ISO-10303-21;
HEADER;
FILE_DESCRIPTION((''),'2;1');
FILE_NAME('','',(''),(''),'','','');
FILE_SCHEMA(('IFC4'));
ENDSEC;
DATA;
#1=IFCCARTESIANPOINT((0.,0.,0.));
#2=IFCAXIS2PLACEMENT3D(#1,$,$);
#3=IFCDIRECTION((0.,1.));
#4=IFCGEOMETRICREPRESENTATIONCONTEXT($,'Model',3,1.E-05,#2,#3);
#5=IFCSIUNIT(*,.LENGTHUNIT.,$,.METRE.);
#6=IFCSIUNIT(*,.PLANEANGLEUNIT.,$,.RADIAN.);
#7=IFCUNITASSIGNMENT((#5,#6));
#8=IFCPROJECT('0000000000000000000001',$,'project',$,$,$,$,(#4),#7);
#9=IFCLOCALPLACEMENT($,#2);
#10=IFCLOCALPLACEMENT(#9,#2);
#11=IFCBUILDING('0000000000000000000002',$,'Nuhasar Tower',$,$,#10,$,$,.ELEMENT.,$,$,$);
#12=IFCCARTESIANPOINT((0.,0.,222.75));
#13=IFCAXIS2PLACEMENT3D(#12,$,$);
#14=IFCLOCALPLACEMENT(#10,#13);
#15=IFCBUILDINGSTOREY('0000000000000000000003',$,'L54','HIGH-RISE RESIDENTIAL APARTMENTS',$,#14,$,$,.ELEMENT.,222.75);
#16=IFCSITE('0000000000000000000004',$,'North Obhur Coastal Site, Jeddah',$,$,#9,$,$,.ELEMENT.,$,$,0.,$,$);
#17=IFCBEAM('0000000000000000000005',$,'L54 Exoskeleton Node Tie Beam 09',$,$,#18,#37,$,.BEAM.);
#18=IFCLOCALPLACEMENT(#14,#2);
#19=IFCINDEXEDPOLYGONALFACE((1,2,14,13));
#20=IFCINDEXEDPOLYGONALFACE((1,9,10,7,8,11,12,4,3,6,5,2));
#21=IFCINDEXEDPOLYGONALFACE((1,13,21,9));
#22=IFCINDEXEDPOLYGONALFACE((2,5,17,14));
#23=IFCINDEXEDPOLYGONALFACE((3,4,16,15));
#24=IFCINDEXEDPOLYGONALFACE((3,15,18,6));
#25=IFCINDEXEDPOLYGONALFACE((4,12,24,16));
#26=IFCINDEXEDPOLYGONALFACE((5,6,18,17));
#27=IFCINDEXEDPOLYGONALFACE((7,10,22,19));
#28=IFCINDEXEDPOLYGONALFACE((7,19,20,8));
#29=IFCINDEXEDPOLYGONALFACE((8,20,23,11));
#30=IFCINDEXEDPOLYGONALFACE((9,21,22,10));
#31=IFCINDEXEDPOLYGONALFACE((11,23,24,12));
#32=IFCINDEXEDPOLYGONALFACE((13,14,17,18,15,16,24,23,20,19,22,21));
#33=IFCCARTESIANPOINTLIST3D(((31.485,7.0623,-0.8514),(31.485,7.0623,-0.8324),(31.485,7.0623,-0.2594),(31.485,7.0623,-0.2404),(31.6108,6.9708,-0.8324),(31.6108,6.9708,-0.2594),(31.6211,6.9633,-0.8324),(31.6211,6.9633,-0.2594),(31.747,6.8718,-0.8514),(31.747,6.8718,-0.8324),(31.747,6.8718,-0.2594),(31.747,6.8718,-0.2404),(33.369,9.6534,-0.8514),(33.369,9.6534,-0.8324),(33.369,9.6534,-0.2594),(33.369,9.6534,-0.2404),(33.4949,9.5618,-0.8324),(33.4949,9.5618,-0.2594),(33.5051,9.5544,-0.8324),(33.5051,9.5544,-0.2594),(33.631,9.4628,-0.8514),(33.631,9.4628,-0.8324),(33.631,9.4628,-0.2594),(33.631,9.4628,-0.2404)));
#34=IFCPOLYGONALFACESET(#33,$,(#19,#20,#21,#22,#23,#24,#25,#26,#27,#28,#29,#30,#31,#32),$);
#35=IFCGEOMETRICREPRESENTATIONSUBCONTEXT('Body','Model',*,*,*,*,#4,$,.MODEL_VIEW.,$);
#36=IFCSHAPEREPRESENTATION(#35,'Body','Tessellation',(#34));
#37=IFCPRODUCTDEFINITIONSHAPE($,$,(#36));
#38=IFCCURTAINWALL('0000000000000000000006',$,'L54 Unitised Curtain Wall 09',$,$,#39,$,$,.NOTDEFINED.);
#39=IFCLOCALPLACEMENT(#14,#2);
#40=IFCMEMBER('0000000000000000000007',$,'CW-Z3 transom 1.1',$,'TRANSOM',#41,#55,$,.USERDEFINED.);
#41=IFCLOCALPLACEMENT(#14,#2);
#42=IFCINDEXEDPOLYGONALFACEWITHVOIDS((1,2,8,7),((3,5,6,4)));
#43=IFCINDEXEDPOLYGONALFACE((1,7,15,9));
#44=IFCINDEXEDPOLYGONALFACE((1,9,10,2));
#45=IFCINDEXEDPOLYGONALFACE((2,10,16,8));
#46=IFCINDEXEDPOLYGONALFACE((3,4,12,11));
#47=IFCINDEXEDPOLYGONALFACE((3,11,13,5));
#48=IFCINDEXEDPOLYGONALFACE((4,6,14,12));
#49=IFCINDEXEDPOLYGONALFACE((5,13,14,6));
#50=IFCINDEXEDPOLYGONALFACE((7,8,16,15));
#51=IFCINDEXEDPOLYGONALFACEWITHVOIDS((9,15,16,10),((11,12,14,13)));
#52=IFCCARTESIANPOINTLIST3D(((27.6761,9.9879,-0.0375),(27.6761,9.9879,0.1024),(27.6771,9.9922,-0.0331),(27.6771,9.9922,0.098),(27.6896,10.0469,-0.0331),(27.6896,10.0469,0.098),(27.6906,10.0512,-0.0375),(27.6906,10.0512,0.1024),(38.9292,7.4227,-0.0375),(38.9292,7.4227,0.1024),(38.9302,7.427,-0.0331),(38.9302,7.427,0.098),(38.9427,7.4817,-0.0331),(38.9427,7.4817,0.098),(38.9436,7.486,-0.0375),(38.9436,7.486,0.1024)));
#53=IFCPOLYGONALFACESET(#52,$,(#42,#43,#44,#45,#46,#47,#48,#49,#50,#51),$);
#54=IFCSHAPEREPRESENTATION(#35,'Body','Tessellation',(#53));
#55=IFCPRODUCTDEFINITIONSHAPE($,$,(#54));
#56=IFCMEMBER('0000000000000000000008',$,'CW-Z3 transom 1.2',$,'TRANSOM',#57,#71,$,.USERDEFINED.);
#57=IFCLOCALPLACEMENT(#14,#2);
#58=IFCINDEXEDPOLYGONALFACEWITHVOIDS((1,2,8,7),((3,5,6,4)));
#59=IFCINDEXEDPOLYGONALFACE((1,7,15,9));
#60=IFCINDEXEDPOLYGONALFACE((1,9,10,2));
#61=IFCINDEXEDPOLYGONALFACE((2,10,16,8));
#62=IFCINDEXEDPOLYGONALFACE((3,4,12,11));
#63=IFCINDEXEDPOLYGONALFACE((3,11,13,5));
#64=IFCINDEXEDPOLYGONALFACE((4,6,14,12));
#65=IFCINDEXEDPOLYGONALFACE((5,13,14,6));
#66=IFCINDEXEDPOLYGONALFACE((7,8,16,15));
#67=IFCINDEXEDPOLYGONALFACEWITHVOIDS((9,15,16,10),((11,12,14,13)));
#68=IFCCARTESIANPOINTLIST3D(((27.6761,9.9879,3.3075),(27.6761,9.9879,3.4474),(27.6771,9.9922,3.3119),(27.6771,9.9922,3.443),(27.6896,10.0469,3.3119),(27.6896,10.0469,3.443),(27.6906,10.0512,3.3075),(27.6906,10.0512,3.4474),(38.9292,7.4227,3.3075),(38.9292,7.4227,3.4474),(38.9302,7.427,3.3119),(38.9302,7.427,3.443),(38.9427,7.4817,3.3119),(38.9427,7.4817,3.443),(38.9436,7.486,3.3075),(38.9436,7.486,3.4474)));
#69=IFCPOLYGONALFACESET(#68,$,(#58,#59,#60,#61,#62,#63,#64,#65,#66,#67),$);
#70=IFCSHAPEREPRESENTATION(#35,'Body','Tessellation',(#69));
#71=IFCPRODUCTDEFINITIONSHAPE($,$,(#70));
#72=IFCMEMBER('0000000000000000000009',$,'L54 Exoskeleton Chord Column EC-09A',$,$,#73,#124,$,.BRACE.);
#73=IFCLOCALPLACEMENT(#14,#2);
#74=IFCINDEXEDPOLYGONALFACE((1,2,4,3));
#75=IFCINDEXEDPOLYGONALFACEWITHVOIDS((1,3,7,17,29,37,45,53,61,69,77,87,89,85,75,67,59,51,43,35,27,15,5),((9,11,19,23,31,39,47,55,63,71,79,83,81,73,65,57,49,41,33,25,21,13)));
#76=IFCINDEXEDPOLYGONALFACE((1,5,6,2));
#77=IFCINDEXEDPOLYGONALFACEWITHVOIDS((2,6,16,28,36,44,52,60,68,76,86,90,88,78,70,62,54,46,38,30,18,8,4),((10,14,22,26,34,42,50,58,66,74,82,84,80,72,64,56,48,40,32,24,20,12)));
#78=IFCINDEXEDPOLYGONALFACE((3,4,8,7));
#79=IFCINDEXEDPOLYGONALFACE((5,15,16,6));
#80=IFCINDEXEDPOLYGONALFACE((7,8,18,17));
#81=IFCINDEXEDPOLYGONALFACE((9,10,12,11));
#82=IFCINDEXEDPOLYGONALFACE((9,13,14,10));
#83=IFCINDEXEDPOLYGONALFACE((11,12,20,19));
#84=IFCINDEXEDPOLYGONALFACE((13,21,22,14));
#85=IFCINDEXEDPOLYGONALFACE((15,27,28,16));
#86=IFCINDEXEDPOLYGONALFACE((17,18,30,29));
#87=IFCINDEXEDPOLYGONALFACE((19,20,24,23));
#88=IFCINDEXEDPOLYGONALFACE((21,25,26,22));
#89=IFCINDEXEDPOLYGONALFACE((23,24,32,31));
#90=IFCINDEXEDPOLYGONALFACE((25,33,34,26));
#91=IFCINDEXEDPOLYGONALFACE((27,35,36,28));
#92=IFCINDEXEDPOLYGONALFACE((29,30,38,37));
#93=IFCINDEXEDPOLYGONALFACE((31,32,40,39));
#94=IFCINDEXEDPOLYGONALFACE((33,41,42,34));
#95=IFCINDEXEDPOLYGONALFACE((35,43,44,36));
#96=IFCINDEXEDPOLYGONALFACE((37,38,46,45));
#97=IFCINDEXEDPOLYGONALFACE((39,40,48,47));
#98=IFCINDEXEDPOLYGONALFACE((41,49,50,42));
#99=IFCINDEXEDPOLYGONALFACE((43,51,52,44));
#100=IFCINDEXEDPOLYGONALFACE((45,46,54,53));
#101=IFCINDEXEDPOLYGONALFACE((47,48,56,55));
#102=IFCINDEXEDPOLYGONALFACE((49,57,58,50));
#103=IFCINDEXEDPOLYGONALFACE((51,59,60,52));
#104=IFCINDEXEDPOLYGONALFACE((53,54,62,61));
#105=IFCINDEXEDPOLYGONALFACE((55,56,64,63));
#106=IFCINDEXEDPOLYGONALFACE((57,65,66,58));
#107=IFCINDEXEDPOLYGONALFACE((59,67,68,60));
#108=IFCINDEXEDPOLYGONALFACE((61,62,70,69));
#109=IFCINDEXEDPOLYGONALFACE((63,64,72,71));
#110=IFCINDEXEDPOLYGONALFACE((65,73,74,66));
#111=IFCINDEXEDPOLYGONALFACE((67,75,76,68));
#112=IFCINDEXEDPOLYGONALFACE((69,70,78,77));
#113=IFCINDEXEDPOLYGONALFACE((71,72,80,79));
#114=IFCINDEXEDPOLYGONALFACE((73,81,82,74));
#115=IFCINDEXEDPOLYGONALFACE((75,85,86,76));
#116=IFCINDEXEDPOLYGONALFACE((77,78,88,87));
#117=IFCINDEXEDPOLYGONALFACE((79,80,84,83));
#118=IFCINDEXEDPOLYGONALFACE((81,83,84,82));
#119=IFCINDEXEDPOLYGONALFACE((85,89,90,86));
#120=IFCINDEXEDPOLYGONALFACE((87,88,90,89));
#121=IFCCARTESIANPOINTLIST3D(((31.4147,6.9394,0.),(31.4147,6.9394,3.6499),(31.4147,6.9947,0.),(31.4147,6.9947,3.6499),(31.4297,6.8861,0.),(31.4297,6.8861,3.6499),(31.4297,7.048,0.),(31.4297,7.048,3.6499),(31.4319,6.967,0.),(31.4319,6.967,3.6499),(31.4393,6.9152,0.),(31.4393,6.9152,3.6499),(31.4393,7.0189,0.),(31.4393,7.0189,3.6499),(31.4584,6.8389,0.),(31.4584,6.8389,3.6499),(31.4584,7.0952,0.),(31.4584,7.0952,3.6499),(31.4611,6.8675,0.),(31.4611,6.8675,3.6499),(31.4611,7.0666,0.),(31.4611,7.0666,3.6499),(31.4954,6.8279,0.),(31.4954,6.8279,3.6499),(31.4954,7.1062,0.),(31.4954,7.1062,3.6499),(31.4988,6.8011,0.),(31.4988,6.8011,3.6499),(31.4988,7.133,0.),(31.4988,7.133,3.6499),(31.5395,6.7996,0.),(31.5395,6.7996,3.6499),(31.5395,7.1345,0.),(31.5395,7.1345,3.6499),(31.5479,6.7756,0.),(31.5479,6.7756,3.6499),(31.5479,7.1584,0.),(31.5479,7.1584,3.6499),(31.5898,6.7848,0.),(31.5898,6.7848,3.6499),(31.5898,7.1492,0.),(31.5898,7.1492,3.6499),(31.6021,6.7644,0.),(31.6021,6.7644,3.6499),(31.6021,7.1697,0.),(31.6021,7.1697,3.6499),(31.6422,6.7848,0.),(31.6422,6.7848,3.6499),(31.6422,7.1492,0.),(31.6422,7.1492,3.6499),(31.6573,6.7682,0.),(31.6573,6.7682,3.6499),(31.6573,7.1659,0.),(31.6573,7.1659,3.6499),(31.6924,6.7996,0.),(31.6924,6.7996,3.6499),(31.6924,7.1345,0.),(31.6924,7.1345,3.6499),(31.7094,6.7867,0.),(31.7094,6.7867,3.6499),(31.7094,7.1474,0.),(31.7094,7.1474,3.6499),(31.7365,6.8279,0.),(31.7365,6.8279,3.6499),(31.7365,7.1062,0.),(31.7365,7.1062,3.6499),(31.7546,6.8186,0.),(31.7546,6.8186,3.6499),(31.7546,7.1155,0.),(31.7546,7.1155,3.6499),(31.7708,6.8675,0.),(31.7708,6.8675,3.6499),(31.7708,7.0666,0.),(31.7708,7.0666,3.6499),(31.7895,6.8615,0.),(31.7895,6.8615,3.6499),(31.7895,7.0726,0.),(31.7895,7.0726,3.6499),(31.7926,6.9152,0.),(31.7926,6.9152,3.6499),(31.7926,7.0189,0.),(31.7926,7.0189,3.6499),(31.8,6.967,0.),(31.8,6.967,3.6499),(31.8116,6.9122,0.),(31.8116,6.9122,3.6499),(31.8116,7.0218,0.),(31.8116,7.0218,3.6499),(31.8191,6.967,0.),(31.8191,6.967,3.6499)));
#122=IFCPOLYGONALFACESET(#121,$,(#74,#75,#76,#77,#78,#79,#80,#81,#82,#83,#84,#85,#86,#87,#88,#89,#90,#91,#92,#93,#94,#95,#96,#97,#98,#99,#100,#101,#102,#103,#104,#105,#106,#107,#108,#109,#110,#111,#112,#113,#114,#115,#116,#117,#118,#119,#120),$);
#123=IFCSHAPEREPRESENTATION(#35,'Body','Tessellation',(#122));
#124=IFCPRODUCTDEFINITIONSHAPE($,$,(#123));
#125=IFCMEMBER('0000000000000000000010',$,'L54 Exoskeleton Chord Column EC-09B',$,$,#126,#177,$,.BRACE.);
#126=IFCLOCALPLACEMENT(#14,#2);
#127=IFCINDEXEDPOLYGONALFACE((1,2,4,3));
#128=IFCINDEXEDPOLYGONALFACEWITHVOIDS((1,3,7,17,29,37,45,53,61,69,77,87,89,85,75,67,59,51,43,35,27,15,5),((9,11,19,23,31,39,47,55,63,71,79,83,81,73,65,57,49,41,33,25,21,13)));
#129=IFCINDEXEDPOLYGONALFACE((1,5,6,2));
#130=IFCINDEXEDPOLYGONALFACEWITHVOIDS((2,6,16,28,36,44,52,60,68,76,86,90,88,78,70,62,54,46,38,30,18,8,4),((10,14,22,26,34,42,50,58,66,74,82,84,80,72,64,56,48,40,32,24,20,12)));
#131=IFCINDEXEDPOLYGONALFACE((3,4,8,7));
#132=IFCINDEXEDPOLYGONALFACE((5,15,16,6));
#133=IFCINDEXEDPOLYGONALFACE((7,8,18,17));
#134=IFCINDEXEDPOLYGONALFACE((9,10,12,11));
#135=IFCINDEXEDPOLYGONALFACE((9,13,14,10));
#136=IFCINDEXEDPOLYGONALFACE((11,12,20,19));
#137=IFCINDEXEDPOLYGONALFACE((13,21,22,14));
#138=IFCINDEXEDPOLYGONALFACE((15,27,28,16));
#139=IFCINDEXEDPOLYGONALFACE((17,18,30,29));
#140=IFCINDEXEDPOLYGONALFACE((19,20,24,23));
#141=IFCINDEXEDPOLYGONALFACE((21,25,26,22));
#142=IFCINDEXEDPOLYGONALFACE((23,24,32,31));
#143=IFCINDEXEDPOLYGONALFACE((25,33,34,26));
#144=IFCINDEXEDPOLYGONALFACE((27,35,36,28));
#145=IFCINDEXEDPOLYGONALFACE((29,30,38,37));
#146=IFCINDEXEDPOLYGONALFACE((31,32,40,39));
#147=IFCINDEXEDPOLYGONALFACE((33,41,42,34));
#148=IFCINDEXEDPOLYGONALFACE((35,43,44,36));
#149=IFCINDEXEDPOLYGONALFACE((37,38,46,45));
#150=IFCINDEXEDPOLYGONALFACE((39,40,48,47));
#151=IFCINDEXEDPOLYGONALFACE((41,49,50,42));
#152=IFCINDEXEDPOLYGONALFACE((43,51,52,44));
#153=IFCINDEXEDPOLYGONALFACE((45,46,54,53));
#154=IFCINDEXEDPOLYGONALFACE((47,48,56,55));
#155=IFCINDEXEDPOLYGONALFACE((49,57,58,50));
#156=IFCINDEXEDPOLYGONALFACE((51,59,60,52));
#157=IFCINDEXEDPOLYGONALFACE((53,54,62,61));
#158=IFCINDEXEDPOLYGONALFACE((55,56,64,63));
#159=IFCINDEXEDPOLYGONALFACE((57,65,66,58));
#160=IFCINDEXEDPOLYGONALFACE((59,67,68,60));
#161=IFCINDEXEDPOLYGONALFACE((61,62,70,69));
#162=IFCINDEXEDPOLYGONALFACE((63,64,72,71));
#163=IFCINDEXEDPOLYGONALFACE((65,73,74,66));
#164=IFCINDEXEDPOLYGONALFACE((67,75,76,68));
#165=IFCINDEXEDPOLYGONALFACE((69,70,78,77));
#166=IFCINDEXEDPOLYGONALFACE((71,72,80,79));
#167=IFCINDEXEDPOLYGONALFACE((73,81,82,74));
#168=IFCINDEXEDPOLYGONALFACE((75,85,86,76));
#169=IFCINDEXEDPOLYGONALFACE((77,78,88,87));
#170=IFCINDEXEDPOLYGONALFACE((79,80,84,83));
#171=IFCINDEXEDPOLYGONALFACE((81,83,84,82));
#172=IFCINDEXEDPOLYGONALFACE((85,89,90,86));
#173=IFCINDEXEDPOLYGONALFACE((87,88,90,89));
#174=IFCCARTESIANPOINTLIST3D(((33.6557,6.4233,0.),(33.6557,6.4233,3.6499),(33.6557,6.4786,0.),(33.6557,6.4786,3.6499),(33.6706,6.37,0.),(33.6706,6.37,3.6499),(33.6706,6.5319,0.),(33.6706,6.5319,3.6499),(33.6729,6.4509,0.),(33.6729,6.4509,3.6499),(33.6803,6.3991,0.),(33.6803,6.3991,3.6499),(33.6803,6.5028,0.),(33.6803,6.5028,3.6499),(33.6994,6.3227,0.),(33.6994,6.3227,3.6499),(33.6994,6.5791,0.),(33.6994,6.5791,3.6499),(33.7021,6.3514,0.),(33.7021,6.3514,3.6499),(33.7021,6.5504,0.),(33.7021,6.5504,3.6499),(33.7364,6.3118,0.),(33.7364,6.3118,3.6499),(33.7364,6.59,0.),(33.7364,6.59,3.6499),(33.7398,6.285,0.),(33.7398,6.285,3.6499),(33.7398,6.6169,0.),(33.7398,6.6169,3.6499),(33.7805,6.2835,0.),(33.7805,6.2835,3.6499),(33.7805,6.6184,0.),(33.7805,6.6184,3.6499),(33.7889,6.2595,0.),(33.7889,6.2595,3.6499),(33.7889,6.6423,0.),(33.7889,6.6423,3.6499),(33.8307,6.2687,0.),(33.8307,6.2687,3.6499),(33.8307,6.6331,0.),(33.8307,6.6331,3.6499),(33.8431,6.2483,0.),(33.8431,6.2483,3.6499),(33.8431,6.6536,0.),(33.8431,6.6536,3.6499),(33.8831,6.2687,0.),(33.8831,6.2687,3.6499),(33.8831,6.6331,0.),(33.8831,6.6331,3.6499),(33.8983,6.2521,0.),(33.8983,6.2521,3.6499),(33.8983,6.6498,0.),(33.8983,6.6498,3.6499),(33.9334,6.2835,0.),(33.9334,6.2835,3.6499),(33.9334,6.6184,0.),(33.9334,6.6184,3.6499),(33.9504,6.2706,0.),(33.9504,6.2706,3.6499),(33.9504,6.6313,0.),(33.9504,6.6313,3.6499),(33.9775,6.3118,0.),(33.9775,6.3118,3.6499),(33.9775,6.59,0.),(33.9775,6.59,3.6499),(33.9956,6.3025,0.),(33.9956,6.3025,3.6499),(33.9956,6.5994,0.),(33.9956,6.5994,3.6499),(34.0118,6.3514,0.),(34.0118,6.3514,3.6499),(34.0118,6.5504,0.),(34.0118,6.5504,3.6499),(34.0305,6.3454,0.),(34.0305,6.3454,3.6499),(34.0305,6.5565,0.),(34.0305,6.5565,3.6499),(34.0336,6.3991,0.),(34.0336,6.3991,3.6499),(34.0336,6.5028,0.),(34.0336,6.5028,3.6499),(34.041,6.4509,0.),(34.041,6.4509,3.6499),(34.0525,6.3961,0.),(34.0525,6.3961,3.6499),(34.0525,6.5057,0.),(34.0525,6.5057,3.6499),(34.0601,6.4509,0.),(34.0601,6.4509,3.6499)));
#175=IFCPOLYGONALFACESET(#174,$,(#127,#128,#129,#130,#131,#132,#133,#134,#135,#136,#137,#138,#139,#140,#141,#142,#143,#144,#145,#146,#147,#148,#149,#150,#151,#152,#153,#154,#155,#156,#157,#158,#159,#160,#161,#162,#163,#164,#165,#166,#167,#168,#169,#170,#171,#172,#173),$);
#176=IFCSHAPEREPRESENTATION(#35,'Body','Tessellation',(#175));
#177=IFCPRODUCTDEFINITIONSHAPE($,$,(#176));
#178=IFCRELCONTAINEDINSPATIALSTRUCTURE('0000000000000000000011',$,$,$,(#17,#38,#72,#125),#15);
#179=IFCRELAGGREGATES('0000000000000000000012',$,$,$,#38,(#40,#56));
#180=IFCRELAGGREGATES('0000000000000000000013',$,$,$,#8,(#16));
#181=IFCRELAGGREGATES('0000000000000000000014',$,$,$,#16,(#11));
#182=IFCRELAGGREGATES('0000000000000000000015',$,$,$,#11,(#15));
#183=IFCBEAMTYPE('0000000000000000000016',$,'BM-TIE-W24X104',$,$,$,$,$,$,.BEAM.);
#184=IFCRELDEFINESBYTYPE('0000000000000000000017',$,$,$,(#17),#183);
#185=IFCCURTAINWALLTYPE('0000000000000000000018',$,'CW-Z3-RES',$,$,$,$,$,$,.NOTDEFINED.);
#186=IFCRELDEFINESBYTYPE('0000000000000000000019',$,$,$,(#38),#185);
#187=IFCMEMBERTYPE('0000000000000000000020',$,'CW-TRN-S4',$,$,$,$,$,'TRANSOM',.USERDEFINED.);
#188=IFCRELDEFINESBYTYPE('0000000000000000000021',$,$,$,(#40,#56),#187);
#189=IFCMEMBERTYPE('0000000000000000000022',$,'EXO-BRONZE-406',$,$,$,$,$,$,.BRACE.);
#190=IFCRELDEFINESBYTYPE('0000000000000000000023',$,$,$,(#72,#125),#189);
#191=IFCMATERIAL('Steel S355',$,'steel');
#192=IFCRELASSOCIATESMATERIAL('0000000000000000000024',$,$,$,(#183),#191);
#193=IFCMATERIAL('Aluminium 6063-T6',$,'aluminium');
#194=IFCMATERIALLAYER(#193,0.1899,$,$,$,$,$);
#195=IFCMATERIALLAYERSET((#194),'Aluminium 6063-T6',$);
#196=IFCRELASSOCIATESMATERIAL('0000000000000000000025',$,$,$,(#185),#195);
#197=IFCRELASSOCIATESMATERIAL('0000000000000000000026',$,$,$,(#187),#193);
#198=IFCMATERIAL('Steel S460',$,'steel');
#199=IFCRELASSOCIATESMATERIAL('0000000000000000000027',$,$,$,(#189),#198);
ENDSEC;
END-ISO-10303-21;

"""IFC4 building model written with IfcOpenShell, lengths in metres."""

from ifc_helpers import new_model, si_unit, direction, frame, origin, origin_2d, place, context, subcontext, project, spatial, hollow_rectangle, hollow_circle, i_section, extrude, material, layer, layer_set, material_profile, profile_set, type_object, element, aggregate, save


model = new_model("IFC4")

# Units and contexts
model_context = context("Model", 3, precision=1e-05, world=origin(), true_north=direction((0.0, 1.0)))
body_context = subcontext(model_context, "Body", "Model", "MODEL_VIEW")
ifc_project = project(units=[si_unit("LENGTHUNIT", "METRE"), si_unit("PLANEANGLEUNIT", "RADIAN")], contexts=[model_context])

# Site, building, storey
site_placement = place(None, origin())
site = spatial("IfcSite", under=ifc_project, at=site_placement, Name="North Obhur Coastal Site, Jeddah", CompositionType="ELEMENT", RefElevation=0.0)
building_placement = place(site_placement, origin())
building = spatial("IfcBuilding", under=site, at=building_placement, Name="Nuhasar Tower", CompositionType="ELEMENT")
storey_placement = place(building_placement, frame((0.0, 0.0, 222.75)))
storey = spatial("IfcBuildingStorey", under=building, at=storey_placement, Name="L54", Description="HIGH-RISE RESIDENTIAL APARTMENTS", CompositionType="ELEMENT", Elevation=222.75)

# Beam
ifc_material_1 = material(Name="Steel S355", Category="steel")
ifc_material_profile_1 = material_profile(ifc_material_1, i_section(OverallWidth=0.324, OverallDepth=0.6111, WebThickness=0.0127, FlangeThickness=0.019, at=origin_2d()), Name="W24X104")
ifc_profile_set_1 = profile_set([ifc_material_profile_1], Name="Steel S355")
beam_type_1 = type_object("IfcBeamType", Name="BM-TIE-W24X104", PredefinedType="BEAM", material=ifc_profile_set_1)
beam_1_placement = place(storey_placement, frame((33.5, 9.5581, -0.5459), z_axis=(-0.588095, -0.808792, 0.0), x_axis=(0.808792, -0.588095, 0.0)))
element("IfcBeam", 1, at=beam_1_placement, inside=storey, type_object=beam_type_1, Name="L54 Exoskeleton Node Tie Beam 09", PredefinedType="BEAM", context=body_context, shape_type="SweptSolid", body=[
    extrude(i_section(OverallWidth=0.324, OverallDepth=0.6111, WebThickness=0.0127, FlangeThickness=0.019, at=origin_2d()), origin(), (0.0, 0.0, 1.0), 3.2036),
])

# Curtain wall, members
ifc_material_2 = material(Name="Aluminium 6063-T6", Category="aluminium")
ifc_layer_1 = layer(ifc_material_2, 0.1899)
ifc_layer_set_1 = layer_set([ifc_layer_1], Name="Aluminium 6063-T6")
curtain_wall_type = type_object("IfcCurtainWallType", Name="CW-Z3-RES", PredefinedType="NOTDEFINED", material=ifc_layer_set_1)
curtain_wall_placement = place(storey_placement, origin())
curtain_wall = element("IfcCurtainWall", 2, at=curtain_wall_placement, inside=storey, type_object=curtain_wall_type, Name="L54 Unitised Curtain Wall 09", PredefinedType="NOTDEFINED")
ifc_material_profile_2 = material_profile(ifc_material_2, hollow_rectangle(XDim=0.0649, YDim=0.1399, WallThickness=0.0044, at=origin_2d()), Name="CWT-4")
ifc_profile_set_2 = profile_set([ifc_material_profile_2], Name="Aluminium 6063-T6")
member_type_1 = type_object("IfcMemberType", Name="CW-TRN-S4", ElementType="TRANSOM", PredefinedType="USERDEFINED", material=ifc_profile_set_2)
member_1_placement = place(storey_placement, frame((27.6833, 10.0195, 0.0325), z_axis=(0.974989, -0.222251, 0.0), x_axis=(0.222251, 0.974989, 0.0)))
member_1 = element("IfcMember", 3, at=member_1_placement, type_object=member_type_1, Name="CW-Z3 transom 1.1", ObjectType="TRANSOM", PredefinedType="USERDEFINED", context=body_context, shape_type="SweptSolid", body=[
    extrude(hollow_rectangle(XDim=0.0649, YDim=0.1399, WallThickness=0.0044, at=origin_2d()), origin(), (0.0, 0.0, 1.0), 11.5417),
])
member_2_placement = place(storey_placement, frame((27.6833, 10.0195, 3.3774), z_axis=(0.974989, -0.222251, 0.0), x_axis=(0.222251, 0.974989, 0.0)))
member_2 = element("IfcMember", 4, at=member_2_placement, type_object=member_type_1, Name="CW-Z3 transom 1.2", ObjectType="TRANSOM", PredefinedType="USERDEFINED", context=body_context, shape_type="SweptSolid", body=[
    extrude(hollow_rectangle(XDim=0.0649, YDim=0.1399, WallThickness=0.0044, at=origin_2d()), origin(), (0.0, 0.0, 1.0), 11.5417),
])

# Members
ifc_material_3 = material(Name="Steel S460", Category="steel")
ifc_material_profile_3 = material_profile(ifc_material_3, hollow_circle(Radius=0.2031, WallThickness=0.019, at=origin_2d()), Name="HSS406.4X19.1")
ifc_profile_set_3 = profile_set([ifc_material_profile_3], Name="Steel S460")
member_type_2 = type_object("IfcMemberType", Name="EXO-BRONZE-406", PredefinedType="BRACE", material=ifc_profile_set_3)
for number, where, z_axis, x_axis, name in (
    (5, (31.616, 6.967, 0.0), (0.0, 0.0, 1.0), (1.0, 0.0, 0.0), "L54 Exoskeleton Chord Column EC-09A"),
    (6, (33.8569, 6.4509, 0.0), (0.0, 0.0, 1.0), (1.0, 0.0, 0.0), "L54 Exoskeleton Chord Column EC-09B"),
):
    element("IfcMember", number, at=place(storey_placement, frame(where, z_axis=z_axis, x_axis=x_axis)), inside=storey, type_object=member_type_2, Name=name, PredefinedType="BRACE", context=body_context, shape_type="SweptSolid", body=[
        extrude(hollow_circle(Radius=0.2031, WallThickness=0.019, at=origin_2d()), origin(), (0.0, 0.0, 1.0), 3.6499),
    ])

aggregate(curtain_wall, [member_1, member_2])

save(model, "model.ifc")
